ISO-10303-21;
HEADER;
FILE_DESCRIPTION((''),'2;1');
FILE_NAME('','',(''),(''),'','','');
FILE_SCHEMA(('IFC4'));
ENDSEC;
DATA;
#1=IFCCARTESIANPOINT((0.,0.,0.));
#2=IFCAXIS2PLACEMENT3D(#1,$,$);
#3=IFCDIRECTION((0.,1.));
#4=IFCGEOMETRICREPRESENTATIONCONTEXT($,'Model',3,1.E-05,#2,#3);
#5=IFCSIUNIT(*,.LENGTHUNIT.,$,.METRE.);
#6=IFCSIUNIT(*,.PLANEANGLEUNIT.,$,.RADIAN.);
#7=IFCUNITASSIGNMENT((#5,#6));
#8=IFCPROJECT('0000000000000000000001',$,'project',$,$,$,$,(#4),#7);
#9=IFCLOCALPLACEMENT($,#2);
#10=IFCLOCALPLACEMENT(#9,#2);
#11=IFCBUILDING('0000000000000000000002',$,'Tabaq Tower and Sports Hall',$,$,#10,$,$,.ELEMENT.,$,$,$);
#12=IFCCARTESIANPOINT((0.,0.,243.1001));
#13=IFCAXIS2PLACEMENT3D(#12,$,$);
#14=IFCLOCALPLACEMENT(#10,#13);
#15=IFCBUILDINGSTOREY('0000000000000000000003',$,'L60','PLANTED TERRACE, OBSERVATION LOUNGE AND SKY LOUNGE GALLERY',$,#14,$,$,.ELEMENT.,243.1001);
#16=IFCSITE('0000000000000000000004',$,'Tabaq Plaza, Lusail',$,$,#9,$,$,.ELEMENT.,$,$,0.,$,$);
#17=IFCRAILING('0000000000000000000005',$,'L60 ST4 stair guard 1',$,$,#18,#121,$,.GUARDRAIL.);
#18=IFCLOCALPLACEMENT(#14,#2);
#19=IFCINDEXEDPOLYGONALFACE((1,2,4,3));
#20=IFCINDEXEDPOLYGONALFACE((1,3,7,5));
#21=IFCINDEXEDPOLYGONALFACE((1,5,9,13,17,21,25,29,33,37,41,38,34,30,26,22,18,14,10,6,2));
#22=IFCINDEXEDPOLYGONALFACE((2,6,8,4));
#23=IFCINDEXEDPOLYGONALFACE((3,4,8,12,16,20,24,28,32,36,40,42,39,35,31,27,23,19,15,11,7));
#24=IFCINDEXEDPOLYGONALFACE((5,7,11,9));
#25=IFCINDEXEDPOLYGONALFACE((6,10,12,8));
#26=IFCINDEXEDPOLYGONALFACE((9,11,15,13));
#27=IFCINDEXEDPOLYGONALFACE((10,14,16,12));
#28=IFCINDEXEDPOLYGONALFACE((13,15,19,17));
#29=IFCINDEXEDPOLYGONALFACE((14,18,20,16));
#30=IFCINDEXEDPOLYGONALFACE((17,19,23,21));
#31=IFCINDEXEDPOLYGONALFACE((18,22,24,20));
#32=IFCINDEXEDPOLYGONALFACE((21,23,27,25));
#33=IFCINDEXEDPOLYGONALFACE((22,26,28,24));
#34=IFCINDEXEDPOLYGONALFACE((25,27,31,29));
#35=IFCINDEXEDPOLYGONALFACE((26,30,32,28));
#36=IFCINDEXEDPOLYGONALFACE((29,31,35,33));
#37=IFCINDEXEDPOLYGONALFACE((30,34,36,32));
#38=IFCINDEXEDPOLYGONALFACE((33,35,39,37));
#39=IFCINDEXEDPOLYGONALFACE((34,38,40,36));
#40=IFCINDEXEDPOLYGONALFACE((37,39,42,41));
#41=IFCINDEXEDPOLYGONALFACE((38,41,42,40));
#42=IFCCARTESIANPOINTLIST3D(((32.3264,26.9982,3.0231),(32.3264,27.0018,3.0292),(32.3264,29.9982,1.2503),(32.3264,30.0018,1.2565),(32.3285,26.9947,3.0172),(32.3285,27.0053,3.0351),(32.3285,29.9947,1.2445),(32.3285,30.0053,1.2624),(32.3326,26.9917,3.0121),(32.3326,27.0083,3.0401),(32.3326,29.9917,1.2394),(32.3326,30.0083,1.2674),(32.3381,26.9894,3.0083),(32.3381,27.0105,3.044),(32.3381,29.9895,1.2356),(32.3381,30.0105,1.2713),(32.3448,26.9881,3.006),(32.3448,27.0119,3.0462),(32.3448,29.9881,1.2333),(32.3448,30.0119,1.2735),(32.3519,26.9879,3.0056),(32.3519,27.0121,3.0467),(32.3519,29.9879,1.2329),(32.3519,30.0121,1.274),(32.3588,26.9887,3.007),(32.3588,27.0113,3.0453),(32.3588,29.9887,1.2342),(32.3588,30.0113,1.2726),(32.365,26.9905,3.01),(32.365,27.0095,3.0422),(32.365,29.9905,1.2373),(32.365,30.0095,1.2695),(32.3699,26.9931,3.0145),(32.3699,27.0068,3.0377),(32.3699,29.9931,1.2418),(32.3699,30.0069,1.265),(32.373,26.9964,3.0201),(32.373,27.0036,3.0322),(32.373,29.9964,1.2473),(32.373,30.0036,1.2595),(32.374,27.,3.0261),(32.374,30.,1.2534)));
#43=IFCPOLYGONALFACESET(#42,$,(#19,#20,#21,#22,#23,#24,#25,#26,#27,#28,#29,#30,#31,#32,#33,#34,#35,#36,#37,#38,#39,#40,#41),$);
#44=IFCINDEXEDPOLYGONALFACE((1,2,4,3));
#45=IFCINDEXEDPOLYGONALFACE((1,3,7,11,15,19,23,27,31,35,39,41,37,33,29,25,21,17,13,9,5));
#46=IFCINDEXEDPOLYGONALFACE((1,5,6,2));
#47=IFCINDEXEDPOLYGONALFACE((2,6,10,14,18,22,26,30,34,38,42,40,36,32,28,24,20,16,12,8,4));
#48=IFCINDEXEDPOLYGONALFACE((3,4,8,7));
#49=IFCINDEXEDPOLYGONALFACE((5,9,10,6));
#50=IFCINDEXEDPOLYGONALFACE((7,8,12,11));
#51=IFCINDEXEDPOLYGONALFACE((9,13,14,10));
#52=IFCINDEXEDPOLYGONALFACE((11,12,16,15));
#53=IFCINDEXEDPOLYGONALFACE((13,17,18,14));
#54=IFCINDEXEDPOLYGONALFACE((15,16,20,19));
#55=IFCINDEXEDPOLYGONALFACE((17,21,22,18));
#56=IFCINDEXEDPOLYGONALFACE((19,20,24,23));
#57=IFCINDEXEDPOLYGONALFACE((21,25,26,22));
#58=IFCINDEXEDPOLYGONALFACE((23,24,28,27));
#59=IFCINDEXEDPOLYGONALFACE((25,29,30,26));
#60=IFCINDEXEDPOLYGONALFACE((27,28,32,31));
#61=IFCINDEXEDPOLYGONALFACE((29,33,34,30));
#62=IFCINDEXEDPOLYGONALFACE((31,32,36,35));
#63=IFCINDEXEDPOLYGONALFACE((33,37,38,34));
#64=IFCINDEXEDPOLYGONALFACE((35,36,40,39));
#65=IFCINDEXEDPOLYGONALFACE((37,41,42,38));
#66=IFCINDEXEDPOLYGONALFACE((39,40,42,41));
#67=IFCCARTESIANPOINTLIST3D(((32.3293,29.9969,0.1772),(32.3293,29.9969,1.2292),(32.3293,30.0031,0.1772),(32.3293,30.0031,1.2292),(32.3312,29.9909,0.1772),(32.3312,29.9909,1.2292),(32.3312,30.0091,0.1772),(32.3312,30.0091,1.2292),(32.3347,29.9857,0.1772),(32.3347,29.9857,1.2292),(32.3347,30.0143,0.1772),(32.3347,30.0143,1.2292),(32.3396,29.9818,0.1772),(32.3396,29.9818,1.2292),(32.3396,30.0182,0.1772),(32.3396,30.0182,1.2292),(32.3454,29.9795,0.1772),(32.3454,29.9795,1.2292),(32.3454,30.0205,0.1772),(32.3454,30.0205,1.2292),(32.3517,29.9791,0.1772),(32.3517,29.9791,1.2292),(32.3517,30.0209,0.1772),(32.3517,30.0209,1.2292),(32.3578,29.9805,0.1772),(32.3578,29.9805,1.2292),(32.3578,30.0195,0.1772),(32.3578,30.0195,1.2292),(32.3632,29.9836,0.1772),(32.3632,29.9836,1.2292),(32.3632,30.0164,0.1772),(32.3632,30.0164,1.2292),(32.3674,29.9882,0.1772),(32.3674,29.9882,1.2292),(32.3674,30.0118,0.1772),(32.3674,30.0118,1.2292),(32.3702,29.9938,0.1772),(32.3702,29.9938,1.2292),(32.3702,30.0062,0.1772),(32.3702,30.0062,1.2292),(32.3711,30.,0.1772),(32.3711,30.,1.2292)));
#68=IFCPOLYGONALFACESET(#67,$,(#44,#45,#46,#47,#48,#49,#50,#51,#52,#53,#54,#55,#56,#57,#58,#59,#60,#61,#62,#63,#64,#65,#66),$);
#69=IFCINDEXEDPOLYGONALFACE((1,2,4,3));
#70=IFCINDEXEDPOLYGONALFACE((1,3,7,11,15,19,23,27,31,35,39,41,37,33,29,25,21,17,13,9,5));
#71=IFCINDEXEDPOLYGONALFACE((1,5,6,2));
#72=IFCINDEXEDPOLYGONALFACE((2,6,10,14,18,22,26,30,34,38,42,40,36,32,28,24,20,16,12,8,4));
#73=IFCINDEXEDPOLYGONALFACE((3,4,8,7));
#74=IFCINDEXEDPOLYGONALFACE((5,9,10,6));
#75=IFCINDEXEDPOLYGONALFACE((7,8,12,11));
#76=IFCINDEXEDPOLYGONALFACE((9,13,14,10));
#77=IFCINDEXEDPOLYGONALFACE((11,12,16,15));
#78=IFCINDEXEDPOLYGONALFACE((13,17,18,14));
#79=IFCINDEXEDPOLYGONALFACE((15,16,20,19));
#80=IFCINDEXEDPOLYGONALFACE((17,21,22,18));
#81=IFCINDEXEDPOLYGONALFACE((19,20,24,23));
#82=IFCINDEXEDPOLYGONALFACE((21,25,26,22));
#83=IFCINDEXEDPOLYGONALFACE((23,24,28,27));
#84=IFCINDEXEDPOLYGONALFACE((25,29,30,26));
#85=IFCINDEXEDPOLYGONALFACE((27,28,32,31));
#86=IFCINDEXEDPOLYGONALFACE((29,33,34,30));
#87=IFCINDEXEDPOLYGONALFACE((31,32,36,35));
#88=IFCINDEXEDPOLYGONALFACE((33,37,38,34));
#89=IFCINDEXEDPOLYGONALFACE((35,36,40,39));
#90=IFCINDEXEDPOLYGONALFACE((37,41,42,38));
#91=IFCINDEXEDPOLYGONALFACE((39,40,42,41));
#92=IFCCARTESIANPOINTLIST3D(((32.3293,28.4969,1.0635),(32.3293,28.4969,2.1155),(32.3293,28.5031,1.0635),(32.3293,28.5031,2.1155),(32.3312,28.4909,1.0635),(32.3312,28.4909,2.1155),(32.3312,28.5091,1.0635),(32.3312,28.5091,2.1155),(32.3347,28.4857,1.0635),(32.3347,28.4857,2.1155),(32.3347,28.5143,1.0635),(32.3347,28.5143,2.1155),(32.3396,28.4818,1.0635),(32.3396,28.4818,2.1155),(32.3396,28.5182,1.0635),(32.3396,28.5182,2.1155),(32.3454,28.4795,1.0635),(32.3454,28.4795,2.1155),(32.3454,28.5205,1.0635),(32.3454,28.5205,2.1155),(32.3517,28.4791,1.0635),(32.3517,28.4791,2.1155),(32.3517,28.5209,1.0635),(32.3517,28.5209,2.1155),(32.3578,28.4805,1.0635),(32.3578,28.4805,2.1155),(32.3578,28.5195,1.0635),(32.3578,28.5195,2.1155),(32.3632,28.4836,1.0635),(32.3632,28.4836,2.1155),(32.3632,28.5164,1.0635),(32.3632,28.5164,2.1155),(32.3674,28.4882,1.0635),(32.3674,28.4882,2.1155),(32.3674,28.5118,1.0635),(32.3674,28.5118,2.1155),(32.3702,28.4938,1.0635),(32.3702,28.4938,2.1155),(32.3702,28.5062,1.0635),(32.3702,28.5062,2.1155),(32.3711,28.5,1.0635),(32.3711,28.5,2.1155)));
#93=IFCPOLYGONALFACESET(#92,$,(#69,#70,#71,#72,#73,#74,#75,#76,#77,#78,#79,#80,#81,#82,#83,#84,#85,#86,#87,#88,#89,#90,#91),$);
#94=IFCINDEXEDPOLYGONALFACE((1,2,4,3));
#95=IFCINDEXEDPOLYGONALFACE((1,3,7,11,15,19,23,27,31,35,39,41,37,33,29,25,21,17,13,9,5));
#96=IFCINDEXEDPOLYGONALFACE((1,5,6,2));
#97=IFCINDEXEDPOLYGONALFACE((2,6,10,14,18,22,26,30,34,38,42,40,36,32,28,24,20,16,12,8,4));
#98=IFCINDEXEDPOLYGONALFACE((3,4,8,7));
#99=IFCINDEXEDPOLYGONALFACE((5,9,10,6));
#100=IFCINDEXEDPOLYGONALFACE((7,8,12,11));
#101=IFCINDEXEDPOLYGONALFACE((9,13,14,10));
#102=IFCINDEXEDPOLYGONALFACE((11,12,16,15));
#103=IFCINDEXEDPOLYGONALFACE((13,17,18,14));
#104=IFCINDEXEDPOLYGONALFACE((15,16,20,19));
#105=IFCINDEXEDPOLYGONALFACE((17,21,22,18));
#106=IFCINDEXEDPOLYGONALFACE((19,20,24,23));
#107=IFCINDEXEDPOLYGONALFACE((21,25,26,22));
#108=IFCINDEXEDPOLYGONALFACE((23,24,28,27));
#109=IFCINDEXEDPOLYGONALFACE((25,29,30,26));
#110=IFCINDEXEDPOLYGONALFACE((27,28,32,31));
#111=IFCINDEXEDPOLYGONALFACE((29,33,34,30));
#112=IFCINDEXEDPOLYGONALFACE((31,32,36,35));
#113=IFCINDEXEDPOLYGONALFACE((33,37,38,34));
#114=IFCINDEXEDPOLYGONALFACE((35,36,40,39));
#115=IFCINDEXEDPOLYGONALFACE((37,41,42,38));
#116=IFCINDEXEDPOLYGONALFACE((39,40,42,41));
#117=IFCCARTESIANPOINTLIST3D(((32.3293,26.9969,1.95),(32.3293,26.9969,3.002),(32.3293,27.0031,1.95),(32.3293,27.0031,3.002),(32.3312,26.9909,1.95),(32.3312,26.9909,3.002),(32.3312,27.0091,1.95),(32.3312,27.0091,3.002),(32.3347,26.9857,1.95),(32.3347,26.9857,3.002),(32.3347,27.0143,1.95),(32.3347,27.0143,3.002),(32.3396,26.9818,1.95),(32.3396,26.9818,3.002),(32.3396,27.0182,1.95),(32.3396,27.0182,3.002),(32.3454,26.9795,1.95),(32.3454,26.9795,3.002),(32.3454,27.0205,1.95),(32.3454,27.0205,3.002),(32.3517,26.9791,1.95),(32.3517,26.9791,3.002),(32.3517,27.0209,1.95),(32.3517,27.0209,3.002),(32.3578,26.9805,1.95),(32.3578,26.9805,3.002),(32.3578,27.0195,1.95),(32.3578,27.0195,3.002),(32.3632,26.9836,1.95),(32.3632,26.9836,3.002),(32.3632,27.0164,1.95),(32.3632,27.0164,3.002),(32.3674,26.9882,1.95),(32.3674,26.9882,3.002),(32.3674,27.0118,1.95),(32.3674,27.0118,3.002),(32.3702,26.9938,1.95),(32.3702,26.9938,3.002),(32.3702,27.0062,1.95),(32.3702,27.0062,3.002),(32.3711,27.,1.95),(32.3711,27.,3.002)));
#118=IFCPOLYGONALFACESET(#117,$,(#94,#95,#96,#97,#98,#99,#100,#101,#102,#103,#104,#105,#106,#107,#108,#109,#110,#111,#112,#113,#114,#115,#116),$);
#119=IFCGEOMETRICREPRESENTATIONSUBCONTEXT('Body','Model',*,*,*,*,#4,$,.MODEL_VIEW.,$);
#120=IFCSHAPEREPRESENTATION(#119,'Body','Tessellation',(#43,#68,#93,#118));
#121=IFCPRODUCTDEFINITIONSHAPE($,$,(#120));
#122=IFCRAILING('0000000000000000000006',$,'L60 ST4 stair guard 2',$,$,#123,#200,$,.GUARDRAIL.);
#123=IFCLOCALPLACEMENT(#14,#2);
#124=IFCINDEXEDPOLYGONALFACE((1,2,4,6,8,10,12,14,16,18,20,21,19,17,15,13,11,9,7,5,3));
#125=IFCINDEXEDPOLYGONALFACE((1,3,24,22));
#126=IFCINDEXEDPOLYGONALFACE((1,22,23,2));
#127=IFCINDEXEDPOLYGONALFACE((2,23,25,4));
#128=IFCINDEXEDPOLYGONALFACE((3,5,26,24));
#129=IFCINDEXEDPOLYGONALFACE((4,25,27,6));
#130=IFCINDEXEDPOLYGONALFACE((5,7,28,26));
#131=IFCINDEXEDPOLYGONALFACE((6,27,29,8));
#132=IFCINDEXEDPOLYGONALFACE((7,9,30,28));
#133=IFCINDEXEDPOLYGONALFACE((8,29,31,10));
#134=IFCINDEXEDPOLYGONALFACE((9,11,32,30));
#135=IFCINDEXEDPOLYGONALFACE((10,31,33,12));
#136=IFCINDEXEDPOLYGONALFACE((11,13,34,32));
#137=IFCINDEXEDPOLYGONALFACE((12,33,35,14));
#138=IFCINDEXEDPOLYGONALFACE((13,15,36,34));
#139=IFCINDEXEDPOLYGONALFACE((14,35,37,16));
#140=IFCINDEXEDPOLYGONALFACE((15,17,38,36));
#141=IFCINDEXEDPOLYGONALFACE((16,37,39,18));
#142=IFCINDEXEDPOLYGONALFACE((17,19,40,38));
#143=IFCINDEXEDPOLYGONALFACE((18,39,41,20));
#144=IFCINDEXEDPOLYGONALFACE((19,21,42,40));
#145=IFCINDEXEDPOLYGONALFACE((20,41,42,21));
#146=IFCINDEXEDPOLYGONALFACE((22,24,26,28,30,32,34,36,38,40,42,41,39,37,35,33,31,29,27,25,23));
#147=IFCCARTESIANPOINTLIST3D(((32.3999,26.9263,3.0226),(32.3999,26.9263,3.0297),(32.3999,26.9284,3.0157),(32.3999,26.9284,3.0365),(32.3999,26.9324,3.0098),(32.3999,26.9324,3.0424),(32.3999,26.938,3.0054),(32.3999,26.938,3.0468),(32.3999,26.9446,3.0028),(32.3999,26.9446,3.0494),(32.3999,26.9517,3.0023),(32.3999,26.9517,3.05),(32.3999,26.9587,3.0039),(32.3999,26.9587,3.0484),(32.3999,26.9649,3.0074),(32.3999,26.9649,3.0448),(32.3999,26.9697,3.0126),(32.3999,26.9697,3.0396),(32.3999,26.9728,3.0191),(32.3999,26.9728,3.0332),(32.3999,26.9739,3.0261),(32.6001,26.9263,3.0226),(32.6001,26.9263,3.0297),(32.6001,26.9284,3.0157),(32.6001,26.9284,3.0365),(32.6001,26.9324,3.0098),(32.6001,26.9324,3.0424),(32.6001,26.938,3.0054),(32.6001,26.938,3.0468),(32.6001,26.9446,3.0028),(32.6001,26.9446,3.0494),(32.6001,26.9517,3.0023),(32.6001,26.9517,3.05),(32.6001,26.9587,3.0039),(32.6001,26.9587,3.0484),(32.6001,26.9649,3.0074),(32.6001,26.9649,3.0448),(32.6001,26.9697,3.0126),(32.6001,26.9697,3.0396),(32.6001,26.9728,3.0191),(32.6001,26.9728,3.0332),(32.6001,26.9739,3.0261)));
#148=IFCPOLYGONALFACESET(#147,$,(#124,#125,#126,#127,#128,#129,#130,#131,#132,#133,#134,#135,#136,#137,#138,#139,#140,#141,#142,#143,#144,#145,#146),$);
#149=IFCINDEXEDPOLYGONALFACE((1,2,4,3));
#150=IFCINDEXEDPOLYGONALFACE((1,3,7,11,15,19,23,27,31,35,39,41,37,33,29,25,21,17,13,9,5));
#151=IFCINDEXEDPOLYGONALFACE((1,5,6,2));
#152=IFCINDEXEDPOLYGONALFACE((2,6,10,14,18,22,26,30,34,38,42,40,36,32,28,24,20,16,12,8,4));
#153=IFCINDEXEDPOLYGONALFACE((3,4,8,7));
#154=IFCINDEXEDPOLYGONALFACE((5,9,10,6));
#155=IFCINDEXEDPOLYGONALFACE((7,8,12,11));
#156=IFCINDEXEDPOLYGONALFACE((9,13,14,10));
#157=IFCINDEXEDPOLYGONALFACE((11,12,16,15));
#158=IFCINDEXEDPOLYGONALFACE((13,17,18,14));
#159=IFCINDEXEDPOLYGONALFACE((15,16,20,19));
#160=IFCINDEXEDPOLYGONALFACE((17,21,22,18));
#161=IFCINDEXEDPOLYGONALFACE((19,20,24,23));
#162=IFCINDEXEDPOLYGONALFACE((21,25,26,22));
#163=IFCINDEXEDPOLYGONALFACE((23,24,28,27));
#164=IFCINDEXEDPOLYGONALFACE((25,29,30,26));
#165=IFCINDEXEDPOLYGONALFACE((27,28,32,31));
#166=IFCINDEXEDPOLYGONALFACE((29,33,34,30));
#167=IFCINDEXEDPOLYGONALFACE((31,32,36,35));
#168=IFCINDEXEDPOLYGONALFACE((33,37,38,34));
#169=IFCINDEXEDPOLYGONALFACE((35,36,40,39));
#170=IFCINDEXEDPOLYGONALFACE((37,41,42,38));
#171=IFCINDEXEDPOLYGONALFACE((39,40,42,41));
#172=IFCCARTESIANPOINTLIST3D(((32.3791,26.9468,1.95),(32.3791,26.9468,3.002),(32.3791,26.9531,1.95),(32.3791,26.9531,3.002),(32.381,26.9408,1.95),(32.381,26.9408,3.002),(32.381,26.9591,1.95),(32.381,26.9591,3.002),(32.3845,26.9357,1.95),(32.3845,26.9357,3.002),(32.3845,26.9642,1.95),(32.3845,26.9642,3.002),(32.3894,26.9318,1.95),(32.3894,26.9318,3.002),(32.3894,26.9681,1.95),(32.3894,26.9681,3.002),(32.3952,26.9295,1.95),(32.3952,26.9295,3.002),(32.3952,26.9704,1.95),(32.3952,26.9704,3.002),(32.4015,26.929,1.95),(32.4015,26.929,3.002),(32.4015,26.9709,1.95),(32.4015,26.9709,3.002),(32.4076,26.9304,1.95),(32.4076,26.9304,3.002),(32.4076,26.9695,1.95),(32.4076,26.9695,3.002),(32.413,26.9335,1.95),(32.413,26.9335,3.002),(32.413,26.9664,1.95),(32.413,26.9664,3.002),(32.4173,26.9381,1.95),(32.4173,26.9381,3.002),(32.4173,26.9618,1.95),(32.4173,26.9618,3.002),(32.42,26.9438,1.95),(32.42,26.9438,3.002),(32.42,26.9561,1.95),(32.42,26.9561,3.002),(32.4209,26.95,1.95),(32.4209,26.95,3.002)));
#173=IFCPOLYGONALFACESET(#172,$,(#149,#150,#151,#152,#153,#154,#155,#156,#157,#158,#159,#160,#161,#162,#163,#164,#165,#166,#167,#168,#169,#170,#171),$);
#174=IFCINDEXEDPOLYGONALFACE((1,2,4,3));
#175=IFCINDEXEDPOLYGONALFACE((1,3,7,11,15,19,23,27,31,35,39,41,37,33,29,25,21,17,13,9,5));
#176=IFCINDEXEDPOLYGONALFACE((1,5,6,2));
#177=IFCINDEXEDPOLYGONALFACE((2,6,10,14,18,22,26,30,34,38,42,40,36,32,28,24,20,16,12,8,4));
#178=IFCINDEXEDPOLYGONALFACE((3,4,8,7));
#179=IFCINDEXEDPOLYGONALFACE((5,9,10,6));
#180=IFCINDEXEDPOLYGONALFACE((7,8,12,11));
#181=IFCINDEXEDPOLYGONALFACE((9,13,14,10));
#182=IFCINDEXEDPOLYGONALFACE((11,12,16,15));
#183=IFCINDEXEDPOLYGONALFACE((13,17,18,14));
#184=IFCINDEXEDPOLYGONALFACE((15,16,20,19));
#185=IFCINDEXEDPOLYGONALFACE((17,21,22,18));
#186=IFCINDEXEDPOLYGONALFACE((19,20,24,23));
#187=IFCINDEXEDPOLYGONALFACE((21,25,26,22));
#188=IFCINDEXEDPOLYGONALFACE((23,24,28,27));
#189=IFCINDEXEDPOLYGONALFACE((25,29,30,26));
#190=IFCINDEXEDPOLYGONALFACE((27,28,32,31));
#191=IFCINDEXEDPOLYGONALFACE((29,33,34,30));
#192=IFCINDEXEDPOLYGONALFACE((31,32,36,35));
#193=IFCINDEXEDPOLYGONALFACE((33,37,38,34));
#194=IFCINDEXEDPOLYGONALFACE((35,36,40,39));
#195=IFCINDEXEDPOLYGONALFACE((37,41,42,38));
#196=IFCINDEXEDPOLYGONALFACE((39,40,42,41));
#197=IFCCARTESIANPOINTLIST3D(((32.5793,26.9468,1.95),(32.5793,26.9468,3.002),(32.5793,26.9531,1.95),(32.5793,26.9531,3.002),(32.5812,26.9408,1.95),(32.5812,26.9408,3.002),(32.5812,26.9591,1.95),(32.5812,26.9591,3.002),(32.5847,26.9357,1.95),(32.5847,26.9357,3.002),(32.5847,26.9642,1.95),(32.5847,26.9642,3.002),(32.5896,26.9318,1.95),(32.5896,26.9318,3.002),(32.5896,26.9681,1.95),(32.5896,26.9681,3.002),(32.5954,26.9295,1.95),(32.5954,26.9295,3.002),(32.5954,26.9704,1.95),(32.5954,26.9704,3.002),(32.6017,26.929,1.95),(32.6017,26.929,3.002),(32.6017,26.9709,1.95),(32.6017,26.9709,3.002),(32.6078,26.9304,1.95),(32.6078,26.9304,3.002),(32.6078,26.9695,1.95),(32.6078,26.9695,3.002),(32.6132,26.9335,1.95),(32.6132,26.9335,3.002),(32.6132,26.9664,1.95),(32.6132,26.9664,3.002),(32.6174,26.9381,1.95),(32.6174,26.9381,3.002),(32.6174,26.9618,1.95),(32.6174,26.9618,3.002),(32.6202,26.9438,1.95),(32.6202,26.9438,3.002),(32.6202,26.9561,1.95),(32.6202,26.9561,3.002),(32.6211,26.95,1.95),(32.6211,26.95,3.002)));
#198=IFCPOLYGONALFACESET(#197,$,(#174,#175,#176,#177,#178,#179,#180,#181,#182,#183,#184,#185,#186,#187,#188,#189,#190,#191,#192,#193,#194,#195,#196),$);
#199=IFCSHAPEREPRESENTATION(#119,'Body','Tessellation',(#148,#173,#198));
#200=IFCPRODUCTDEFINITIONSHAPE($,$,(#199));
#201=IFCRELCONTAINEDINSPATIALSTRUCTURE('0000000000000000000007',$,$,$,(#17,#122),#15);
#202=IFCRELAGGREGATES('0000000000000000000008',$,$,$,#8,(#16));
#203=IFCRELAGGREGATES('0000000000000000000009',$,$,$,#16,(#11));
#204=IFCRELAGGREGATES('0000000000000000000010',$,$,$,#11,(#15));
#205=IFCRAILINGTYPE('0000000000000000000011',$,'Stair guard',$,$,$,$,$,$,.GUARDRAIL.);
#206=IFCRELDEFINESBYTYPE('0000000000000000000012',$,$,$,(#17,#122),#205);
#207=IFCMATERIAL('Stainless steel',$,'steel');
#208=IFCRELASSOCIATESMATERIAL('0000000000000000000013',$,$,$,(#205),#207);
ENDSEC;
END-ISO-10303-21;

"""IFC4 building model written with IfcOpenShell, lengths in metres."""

from ifc_helpers import new_model, si_unit, direction, frame, origin, origin_2d, place, context, subcontext, project, spatial, circle, extrude, material, type_object, element, save


model = new_model("IFC4")

# Units and contexts
model_context = context("Model", 3, precision=1e-05, world=origin(), true_north=direction((0.0, 1.0)))
body_context = subcontext(model_context, "Body", "Model", "MODEL_VIEW")
ifc_project = project(units=[si_unit("LENGTHUNIT", "METRE"), si_unit("PLANEANGLEUNIT", "RADIAN")], contexts=[model_context])

# Site, building, storey
site_placement = place(None, origin())
site = spatial("IfcSite", under=ifc_project, at=site_placement, Name="Tabaq Plaza, Lusail", CompositionType="ELEMENT", RefElevation=0.0)
building_placement = place(site_placement, origin())
building = spatial("IfcBuilding", under=site, at=building_placement, Name="Tabaq Tower and Sports Hall", CompositionType="ELEMENT")
storey_placement = place(building_placement, frame((0.0, 0.0, 243.1001)))
storey = spatial("IfcBuildingStorey", under=building, at=storey_placement, Name="L60", Description="PLANTED TERRACE, OBSERVATION LOUNGE AND SKY LOUNGE GALLERY", CompositionType="ELEMENT", Elevation=243.1001)

# Railings
ifc_material_1 = material(Name="Stainless steel", Category="steel")
railing_type_1 = type_object("IfcRailingType", Name="Stair guard", PredefinedType="GUARDRAIL", material=ifc_material_1)
railing_1_placement = place(storey_placement, frame((32.3501, 30.0, 0.1772)))
element("IfcRailing", 1, at=railing_1_placement, inside=storey, type_object=railing_type_1, Name="L60 ST4 stair guard 1", PredefinedType="GUARDRAIL", context=body_context, shape_type="SweptSolid", body=[
    extrude(circle(Radius=0.0239, at=origin_2d()), frame((0.0, 0.0, 1.0762), z_axis=(0.0, -0.860929, 0.508725), x_axis=(1.0, 0.0, 0.0)), (0.0, 0.0, 1.0), 3.4846),
    extrude(circle(Radius=0.021, at=origin_2d()), origin(), (0.0, 0.0, 1.0), 1.052),
    extrude(circle(Radius=0.021, at=origin_2d()), frame((0.0, -1.5, 0.8862)), (0.0, 0.0, 1.0), 1.052),
    extrude(circle(Radius=0.021, at=origin_2d()), frame((0.0, -3.0, 1.7727)), (0.0, 0.0, 1.0), 1.052),
])
railing_2_placement = place(storey_placement, frame((32.3999, 26.95, 1.95)))
element("IfcRailing", 2, at=railing_2_placement, inside=storey, type_object=railing_type_1, Name="L60 ST4 stair guard 2", PredefinedType="GUARDRAIL", context=body_context, shape_type="SweptSolid", body=[
    extrude(circle(Radius=0.0239, at=origin_2d()), frame((0.0, 0.0, 1.0762), z_axis=(1.0, 0.0, 0.0), x_axis=(0.0, 1.0, 0.0)), (0.0, 0.0, 1.0), 0.2002),
    extrude(circle(Radius=0.021, at=origin_2d()), origin(), (0.0, 0.0, 1.0), 1.052),
    extrude(circle(Radius=0.021, at=origin_2d()), frame((0.2002, 0.0, 0.0)), (0.0, 0.0, 1.0), 1.052),
])

save(model, "model.ifc")
